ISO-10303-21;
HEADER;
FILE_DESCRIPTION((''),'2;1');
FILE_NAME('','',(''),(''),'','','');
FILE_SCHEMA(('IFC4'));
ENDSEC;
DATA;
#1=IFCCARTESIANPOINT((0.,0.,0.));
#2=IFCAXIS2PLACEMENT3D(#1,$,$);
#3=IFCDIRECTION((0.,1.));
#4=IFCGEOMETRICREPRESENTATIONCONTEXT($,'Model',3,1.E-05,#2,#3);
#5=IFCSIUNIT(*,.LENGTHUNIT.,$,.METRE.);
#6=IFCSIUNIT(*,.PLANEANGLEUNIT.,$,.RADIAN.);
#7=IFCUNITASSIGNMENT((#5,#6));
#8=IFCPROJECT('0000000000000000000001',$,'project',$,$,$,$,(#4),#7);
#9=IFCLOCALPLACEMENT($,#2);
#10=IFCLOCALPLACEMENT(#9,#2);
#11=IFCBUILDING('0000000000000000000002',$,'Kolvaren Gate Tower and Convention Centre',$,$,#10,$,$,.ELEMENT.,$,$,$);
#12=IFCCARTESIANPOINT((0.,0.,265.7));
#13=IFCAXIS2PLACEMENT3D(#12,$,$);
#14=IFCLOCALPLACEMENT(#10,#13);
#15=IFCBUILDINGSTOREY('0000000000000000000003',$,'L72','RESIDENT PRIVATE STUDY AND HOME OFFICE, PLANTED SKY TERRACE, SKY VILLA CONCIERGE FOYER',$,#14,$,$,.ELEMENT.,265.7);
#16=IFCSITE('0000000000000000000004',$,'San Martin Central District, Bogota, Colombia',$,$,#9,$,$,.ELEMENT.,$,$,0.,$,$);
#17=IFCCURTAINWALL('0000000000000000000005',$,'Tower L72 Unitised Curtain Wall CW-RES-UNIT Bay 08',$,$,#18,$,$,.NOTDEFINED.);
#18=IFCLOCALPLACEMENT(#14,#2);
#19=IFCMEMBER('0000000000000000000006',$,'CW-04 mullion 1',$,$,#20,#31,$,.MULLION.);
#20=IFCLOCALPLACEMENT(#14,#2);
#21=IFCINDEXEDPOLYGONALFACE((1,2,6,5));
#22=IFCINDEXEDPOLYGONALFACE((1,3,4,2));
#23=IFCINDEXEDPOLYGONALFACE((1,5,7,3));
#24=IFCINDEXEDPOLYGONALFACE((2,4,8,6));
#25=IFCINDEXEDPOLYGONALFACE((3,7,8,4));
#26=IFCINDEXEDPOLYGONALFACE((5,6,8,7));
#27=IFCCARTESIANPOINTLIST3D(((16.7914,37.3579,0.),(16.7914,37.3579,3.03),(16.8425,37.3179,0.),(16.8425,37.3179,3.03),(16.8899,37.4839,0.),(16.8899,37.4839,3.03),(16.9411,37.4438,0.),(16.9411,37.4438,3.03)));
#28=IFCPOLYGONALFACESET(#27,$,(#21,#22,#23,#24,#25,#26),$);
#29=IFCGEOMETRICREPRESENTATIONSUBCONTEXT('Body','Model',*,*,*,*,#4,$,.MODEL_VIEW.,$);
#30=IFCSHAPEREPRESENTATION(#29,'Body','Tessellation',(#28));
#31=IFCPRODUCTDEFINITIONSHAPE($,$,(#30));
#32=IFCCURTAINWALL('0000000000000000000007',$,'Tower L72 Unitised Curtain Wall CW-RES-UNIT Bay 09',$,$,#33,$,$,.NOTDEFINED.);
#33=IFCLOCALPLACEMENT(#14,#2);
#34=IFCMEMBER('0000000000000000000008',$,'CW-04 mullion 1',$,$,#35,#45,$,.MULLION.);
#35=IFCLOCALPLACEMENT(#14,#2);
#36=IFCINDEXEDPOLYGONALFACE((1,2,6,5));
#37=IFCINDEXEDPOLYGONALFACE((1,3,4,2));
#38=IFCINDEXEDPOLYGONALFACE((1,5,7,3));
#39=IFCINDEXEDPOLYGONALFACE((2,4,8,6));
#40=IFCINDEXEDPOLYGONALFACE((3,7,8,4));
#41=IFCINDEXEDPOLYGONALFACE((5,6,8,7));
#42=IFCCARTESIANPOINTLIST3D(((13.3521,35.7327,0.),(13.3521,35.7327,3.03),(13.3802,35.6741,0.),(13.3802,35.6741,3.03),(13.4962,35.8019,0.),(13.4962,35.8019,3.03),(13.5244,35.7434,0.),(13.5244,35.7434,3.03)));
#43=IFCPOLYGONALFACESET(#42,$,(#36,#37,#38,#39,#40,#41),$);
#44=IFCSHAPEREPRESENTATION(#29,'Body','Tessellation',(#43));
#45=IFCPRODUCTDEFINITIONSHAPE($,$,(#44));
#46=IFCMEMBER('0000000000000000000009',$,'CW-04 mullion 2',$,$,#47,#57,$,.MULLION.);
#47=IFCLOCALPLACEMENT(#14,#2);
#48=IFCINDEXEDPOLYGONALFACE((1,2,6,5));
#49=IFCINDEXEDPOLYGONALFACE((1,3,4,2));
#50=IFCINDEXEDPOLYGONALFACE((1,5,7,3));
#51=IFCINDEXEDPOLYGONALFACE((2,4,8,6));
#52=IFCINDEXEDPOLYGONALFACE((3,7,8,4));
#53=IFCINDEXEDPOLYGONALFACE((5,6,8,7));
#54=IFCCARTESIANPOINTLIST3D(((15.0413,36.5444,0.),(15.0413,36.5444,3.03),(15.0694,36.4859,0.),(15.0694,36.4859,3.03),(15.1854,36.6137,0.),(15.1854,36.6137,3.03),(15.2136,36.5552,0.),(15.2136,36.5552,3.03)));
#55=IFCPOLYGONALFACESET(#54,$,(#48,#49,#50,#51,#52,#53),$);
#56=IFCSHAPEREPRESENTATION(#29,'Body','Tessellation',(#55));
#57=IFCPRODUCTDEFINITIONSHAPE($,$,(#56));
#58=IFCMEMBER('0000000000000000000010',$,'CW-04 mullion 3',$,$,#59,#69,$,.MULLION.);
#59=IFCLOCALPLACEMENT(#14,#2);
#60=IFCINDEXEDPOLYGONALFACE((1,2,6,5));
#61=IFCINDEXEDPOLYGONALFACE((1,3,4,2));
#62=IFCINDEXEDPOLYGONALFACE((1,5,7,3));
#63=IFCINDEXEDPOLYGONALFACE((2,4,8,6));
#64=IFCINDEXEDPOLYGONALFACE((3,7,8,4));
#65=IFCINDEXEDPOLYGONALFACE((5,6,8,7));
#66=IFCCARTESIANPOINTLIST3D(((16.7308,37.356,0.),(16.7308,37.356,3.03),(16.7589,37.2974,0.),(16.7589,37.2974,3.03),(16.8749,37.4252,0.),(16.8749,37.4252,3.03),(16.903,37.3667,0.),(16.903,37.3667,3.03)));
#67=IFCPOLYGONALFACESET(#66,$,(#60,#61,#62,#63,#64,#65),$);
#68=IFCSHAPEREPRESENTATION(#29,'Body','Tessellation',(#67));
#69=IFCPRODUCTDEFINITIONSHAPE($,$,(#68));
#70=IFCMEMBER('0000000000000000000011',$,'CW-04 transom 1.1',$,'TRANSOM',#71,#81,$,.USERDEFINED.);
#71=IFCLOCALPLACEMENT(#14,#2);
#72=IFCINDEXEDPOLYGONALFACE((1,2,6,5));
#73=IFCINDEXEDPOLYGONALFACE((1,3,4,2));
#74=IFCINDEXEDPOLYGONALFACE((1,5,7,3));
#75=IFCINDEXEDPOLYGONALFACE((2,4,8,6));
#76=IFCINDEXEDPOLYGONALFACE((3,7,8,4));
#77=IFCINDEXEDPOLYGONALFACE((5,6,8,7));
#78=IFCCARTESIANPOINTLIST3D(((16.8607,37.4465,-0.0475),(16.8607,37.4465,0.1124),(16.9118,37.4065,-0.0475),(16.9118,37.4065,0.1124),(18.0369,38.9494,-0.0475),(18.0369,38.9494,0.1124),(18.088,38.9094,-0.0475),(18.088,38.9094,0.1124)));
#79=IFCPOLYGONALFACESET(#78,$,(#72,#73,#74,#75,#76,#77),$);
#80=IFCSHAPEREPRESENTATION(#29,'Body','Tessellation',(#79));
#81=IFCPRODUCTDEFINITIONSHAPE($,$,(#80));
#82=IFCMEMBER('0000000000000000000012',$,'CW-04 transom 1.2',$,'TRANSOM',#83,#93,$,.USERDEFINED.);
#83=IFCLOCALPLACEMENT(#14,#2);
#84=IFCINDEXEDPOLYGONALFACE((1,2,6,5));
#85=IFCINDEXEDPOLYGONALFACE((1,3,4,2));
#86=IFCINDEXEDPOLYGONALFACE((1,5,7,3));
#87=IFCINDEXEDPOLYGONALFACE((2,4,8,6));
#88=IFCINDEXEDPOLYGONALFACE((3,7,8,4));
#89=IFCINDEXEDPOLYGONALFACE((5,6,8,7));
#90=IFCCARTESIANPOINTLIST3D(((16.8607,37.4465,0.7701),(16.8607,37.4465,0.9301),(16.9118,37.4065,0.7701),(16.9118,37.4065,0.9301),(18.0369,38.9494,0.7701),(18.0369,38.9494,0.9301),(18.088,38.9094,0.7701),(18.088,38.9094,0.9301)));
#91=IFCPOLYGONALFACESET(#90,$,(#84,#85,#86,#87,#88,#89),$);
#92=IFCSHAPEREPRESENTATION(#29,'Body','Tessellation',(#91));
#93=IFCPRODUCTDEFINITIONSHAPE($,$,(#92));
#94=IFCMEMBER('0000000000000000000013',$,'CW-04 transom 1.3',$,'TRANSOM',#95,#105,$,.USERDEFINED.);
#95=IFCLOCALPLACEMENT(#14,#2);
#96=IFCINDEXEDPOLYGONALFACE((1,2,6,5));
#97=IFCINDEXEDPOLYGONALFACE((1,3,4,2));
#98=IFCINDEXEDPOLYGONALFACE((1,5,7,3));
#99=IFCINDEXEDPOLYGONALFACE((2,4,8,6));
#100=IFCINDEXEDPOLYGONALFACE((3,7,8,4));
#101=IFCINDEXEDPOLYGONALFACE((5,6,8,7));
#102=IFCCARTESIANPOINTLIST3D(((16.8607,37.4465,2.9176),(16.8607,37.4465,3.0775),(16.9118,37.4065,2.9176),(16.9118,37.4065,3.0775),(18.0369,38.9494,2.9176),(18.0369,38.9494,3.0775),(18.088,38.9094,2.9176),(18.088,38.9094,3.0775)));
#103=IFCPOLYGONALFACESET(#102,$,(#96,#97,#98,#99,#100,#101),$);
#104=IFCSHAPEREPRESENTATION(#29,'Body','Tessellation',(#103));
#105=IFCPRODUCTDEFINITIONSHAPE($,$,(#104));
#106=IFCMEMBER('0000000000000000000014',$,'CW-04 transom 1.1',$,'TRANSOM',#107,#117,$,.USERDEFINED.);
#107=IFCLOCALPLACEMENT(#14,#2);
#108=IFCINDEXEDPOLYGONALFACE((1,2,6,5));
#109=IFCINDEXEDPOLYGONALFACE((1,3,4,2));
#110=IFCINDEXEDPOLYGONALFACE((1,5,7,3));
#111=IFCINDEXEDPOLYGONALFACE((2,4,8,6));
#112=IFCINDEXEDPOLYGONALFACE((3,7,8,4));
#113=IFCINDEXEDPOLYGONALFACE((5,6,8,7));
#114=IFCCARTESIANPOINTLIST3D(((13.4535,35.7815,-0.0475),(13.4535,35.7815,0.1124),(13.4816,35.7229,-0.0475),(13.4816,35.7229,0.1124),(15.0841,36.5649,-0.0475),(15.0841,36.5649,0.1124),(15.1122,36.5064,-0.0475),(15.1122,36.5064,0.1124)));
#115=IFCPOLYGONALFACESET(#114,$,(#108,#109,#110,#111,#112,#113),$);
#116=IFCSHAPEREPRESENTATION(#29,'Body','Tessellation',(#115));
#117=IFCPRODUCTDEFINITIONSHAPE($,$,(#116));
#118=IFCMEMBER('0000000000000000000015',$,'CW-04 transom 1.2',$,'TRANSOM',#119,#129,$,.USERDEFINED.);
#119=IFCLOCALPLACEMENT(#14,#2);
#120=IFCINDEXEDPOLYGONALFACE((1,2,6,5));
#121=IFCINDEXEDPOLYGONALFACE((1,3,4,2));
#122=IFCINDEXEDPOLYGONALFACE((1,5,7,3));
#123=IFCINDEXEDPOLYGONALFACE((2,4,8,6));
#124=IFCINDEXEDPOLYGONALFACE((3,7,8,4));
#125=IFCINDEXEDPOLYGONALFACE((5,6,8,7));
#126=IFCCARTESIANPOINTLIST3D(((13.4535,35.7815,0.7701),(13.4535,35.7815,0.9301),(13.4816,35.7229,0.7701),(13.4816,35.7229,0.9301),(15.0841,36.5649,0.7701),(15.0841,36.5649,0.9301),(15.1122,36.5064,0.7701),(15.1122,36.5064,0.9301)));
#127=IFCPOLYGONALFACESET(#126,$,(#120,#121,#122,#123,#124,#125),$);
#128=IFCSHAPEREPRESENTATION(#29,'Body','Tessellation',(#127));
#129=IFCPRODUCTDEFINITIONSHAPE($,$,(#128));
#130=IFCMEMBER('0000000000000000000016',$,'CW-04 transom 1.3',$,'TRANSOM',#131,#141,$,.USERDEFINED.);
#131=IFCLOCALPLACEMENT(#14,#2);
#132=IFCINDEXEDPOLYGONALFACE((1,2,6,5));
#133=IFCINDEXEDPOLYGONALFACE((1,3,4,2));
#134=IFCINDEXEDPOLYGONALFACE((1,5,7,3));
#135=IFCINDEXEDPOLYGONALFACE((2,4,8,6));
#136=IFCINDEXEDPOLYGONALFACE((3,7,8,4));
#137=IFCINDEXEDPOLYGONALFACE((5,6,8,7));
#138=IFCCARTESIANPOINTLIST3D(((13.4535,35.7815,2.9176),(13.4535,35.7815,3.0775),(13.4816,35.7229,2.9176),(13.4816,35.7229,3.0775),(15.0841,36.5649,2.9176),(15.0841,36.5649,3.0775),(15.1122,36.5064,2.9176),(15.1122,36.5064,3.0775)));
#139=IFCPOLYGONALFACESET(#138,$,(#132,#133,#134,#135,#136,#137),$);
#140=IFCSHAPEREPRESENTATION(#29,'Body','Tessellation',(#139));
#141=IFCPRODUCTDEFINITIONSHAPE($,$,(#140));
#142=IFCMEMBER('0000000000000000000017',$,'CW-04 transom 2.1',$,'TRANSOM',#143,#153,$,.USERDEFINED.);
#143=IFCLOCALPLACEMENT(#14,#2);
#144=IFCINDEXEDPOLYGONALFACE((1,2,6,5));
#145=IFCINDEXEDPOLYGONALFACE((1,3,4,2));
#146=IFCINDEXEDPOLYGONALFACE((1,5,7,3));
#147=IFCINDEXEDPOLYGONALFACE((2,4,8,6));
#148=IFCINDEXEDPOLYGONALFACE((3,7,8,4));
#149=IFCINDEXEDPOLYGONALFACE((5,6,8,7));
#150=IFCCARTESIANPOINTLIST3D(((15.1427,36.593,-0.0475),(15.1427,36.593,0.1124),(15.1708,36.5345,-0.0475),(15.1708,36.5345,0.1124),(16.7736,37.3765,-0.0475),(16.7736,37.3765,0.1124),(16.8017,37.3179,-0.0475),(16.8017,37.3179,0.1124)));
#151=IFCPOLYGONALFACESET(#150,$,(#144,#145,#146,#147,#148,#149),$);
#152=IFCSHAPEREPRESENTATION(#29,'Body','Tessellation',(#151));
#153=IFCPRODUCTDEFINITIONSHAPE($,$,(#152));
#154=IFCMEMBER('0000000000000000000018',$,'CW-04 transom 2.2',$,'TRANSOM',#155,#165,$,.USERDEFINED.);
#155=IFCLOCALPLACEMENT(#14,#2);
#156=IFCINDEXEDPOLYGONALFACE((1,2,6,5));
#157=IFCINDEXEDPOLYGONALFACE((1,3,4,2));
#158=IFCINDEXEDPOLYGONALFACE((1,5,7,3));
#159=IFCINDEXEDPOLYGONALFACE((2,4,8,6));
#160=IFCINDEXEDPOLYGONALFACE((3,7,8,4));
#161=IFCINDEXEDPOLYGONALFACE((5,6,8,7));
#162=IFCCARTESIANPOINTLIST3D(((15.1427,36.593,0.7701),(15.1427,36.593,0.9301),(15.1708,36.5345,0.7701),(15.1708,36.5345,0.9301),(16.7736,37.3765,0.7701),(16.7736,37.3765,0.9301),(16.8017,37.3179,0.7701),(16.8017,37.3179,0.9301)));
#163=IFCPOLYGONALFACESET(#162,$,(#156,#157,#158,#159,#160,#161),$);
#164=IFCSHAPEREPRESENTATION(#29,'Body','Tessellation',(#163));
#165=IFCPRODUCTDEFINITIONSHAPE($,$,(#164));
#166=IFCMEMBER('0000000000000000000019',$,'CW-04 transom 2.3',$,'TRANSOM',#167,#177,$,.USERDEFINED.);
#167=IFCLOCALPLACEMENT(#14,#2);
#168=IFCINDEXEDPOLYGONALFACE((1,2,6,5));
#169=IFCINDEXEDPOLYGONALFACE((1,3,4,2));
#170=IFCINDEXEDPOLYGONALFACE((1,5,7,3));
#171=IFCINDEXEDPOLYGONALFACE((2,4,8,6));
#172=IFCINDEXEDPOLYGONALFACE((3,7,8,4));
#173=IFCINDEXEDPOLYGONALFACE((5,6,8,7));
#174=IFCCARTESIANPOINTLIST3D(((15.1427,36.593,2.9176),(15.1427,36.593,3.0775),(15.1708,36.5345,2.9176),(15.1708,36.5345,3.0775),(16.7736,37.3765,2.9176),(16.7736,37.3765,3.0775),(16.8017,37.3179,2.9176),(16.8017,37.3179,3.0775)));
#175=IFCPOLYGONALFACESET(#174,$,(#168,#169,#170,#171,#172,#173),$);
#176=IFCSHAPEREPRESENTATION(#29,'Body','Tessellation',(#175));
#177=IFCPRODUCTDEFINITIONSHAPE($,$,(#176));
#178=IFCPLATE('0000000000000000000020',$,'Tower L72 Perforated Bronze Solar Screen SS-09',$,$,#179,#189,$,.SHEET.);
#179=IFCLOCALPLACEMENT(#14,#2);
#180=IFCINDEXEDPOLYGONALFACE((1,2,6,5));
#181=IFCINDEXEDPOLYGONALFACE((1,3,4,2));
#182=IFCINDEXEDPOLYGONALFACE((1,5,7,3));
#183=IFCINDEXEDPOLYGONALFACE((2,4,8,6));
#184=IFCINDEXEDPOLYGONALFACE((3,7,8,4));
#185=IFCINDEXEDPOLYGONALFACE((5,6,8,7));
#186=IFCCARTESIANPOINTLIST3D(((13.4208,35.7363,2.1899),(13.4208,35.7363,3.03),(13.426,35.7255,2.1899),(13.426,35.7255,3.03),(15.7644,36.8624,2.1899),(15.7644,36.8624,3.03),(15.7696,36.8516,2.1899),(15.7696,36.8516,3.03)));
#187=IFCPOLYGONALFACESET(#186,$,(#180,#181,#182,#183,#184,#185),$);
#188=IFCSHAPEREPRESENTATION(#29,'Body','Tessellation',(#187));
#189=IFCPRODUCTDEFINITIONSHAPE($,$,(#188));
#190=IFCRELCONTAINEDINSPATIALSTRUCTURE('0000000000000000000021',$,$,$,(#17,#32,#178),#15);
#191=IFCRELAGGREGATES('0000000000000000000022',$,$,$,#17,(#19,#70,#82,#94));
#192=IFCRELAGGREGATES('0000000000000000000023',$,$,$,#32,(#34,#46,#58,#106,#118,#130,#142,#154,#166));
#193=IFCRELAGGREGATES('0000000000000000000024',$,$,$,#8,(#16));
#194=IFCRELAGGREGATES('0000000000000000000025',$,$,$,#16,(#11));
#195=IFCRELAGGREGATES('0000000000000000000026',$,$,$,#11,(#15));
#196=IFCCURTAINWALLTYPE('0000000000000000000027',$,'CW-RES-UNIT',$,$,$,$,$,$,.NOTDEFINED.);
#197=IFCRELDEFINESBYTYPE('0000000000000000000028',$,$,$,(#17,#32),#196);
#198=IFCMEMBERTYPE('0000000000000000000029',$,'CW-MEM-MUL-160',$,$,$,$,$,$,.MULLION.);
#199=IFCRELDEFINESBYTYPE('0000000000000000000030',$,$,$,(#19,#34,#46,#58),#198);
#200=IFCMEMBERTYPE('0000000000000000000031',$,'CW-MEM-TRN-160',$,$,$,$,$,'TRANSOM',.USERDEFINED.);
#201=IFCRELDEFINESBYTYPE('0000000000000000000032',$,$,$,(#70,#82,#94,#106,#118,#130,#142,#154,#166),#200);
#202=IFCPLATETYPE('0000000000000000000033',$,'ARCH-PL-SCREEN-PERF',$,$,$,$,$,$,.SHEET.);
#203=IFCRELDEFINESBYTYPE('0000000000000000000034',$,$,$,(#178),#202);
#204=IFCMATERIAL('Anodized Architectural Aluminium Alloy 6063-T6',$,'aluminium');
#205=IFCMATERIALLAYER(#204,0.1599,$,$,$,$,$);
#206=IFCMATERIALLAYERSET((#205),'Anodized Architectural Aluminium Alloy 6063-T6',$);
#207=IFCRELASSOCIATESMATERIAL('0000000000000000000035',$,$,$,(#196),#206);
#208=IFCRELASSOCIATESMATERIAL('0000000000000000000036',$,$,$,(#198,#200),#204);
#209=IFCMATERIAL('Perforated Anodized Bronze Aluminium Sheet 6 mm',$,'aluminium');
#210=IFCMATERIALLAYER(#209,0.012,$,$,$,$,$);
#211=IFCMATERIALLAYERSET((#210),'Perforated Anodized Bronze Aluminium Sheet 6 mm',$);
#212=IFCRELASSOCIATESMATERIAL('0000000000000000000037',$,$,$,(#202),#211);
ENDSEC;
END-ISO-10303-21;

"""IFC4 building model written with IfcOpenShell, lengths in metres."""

from ifc_helpers import new_model, si_unit, direction, frame, origin, origin_2d, place, context, subcontext, project, spatial, rectangle, extrude, material, layer, layer_set, material_profile, profile_set, type_object, element, aggregate, save


model = new_model("IFC4")

# Units and contexts
model_context = context("Model", 3, precision=1e-05, world=origin(), true_north=direction((0.0, 1.0)))
body_context = subcontext(model_context, "Body", "Model", "MODEL_VIEW")
ifc_project = project(units=[si_unit("LENGTHUNIT", "METRE"), si_unit("PLANEANGLEUNIT", "RADIAN")], contexts=[model_context])

# Site, building, storey
site_placement = place(None, origin())
site = spatial("IfcSite", under=ifc_project, at=site_placement, Name="San Martin Central District, Bogota, Colombia", CompositionType="ELEMENT", RefElevation=0.0)
building_placement = place(site_placement, origin())
building = spatial("IfcBuilding", under=site, at=building_placement, Name="Kolvaren Gate Tower and Convention Centre", CompositionType="ELEMENT")
storey_placement = place(building_placement, frame((0.0, 0.0, 265.7)))
storey = spatial("IfcBuildingStorey", under=building, at=storey_placement, Name="L72", Description="RESIDENT PRIVATE STUDY AND HOME OFFICE, PLANTED SKY TERRACE, SKY VILLA CONCIERGE FOYER", CompositionType="ELEMENT", Elevation=265.7)

# Curtain wall, member
ifc_material_1 = material(Name="Anodized Architectural Aluminium Alloy 6063-T6", Category="aluminium")
ifc_layer_1 = layer(ifc_material_1, 0.1599)
ifc_layer_set_1 = layer_set([ifc_layer_1], Name="Anodized Architectural Aluminium Alloy 6063-T6")
curtain_wall_type = type_object("IfcCurtainWallType", Name="CW-RES-UNIT", PredefinedType="NOTDEFINED", material=ifc_layer_set_1)
curtain_wall_1_placement = place(storey_placement, origin())
curtain_wall_1 = element("IfcCurtainWall", 1, at=curtain_wall_1_placement, inside=storey, type_object=curtain_wall_type, Name="Tower L72 Unitised Curtain Wall CW-RES-UNIT Bay 08", PredefinedType="NOTDEFINED")
ifc_material_profile_1 = material_profile(ifc_material_1, rectangle(XDim=0.0649, YDim=0.1599, at=origin_2d()), Name="CW-MEM-MUL-160")
ifc_profile_set_1 = profile_set([ifc_material_profile_1], Name="Anodized Architectural Aluminium Alloy 6063-T6")
member_type_1 = type_object("IfcMemberType", Name="CW-MEM-MUL-160", PredefinedType="MULLION", material=ifc_profile_set_1)
member_1_placement = place(storey_placement, frame((16.8662, 37.4009, 0.0), z_axis=(0.0, 0.0, 1.0), x_axis=(-0.787413, 0.616426, 0.0)))
member_1 = element("IfcMember", 2, at=member_1_placement, type_object=member_type_1, Name="CW-04 mullion 1", PredefinedType="MULLION", context=body_context, shape_type="SweptSolid", body=[
    extrude(rectangle(XDim=0.0649, YDim=0.1599, at=origin_2d()), origin(), (0.0, 0.0, 1.0), 3.03),
])

# Curtain wall, members
curtain_wall_2_placement = place(storey_placement, origin())
curtain_wall_2 = element("IfcCurtainWall", 3, at=curtain_wall_2_placement, inside=storey, type_object=curtain_wall_type, Name="Tower L72 Unitised Curtain Wall CW-RES-UNIT Bay 09", PredefinedType="NOTDEFINED")
member_2_placement = place(storey_placement, frame((13.4382, 35.738, 0.0), z_axis=(0.0, 0.0, 1.0), x_axis=(-0.43307, 0.90136, 0.0)))
member_2 = element("IfcMember", 4, at=member_2_placement, type_object=member_type_1, Name="CW-04 mullion 1", PredefinedType="MULLION", context=body_context, shape_type="SweptSolid", body=[
    extrude(rectangle(XDim=0.0649, YDim=0.1599, at=origin_2d()), origin(), (0.0, 0.0, 1.0), 3.03),
])
member_3_placement = place(storey_placement, frame((15.1274, 36.5498, 0.0), z_axis=(0.0, 0.0, 1.0), x_axis=(-0.43307, 0.90136, 0.0)))
member_3 = element("IfcMember", 5, at=member_3_placement, type_object=member_type_1, Name="CW-04 mullion 2", PredefinedType="MULLION", context=body_context, shape_type="SweptSolid", body=[
    extrude(rectangle(XDim=0.0649, YDim=0.1599, at=origin_2d()), origin(), (0.0, 0.0, 1.0), 3.03),
])
member_4_placement = place(storey_placement, frame((16.8169, 37.3613, 0.0), z_axis=(0.0, 0.0, 1.0), x_axis=(-0.43307, 0.90136, 0.0)))
member_4 = element("IfcMember", 6, at=member_4_placement, type_object=member_type_1, Name="CW-04 mullion 3", PredefinedType="MULLION", context=body_context, shape_type="SweptSolid", body=[
    extrude(rectangle(XDim=0.0649, YDim=0.1599, at=origin_2d()), origin(), (0.0, 0.0, 1.0), 3.03),
])

# Members
ifc_material_profile_2 = material_profile(ifc_material_1, rectangle(XDim=0.0649, YDim=0.1599, at=origin_2d()), Name="CW-MEM-TRN-160")
ifc_profile_set_2 = profile_set([ifc_material_profile_2], Name="Anodized Architectural Aluminium Alloy 6063-T6")
member_type_2 = type_object("IfcMemberType", Name="CW-MEM-TRN-160", ElementType="TRANSOM", PredefinedType="USERDEFINED", material=ifc_profile_set_2)
member_5_placement = place(storey_placement, frame((16.8862, 37.4265, 0.0325), z_axis=(0.616329, 0.787489, 0.0), x_axis=(-0.787489, 0.616329, 0.0)))
member_5 = element("IfcMember", 7, at=member_5_placement, type_object=member_type_2, Name="CW-04 transom 1.1", ObjectType="TRANSOM", PredefinedType="USERDEFINED", context=body_context, shape_type="SweptSolid", body=[
    extrude(rectangle(XDim=0.0649, YDim=0.1599, at=origin_2d()), origin(), (0.0, 0.0, 1.0), 1.9084),
])
member_6_placement = place(storey_placement, frame((16.8862, 37.4265, 0.8501), z_axis=(0.616329, 0.787489, 0.0), x_axis=(-0.787489, 0.616329, 0.0)))
member_6 = element("IfcMember", 8, at=member_6_placement, type_object=member_type_2, Name="CW-04 transom 1.2", ObjectType="TRANSOM", PredefinedType="USERDEFINED", context=body_context, shape_type="SweptSolid", body=[
    extrude(rectangle(XDim=0.0649, YDim=0.1599, at=origin_2d()), origin(), (0.0, 0.0, 1.0), 1.9084),
])
member_7_placement = place(storey_placement, frame((16.8862, 37.4265, 2.9976), z_axis=(0.616329, 0.787489, 0.0), x_axis=(-0.787489, 0.616329, 0.0)))
member_7 = element("IfcMember", 9, at=member_7_placement, type_object=member_type_2, Name="CW-04 transom 1.3", ObjectType="TRANSOM", PredefinedType="USERDEFINED", context=body_context, shape_type="SweptSolid", body=[
    extrude(rectangle(XDim=0.0649, YDim=0.1599, at=origin_2d()), origin(), (0.0, 0.0, 1.0), 1.9084),
])
member_8_placement = place(storey_placement, frame((13.4675, 35.7522, 0.0325), z_axis=(0.901361, 0.433069, 0.0), x_axis=(-0.433069, 0.901361, 0.0)))
member_8 = element("IfcMember", 10, at=member_8_placement, type_object=member_type_2, Name="CW-04 transom 1.1", ObjectType="TRANSOM", PredefinedType="USERDEFINED", context=body_context, shape_type="SweptSolid", body=[
    extrude(rectangle(XDim=0.0649, YDim=0.1599, at=origin_2d()), origin(), (0.0, 0.0, 1.0), 1.8091),
])
member_9_placement = place(storey_placement, frame((13.4675, 35.7522, 0.8501), z_axis=(0.901361, 0.433069, 0.0), x_axis=(-0.433069, 0.901361, 0.0)))
member_9 = element("IfcMember", 11, at=member_9_placement, type_object=member_type_2, Name="CW-04 transom 1.2", ObjectType="TRANSOM", PredefinedType="USERDEFINED", context=body_context, shape_type="SweptSolid", body=[
    extrude(rectangle(XDim=0.0649, YDim=0.1599, at=origin_2d()), origin(), (0.0, 0.0, 1.0), 1.8091),
])
member_10_placement = place(storey_placement, frame((13.4675, 35.7522, 2.9976), z_axis=(0.901361, 0.433069, 0.0), x_axis=(-0.433069, 0.901361, 0.0)))
member_10 = element("IfcMember", 12, at=member_10_placement, type_object=member_type_2, Name="CW-04 transom 1.3", ObjectType="TRANSOM", PredefinedType="USERDEFINED", context=body_context, shape_type="SweptSolid", body=[
    extrude(rectangle(XDim=0.0649, YDim=0.1599, at=origin_2d()), origin(), (0.0, 0.0, 1.0), 1.8091),
])
member_11_placement = place(storey_placement, frame((15.1567, 36.5637, 0.0325), z_axis=(0.901386, 0.433016, 0.0), x_axis=(-0.433016, 0.901386, 0.0)))
member_11 = element("IfcMember", 13, at=member_11_placement, type_object=member_type_2, Name="CW-04 transom 2.1", ObjectType="TRANSOM", PredefinedType="USERDEFINED", context=body_context, shape_type="SweptSolid", body=[
    extrude(rectangle(XDim=0.0649, YDim=0.1599, at=origin_2d()), origin(), (0.0, 0.0, 1.0), 1.8093),
])
member_12_placement = place(storey_placement, frame((15.1567, 36.5637, 0.8501), z_axis=(0.901386, 0.433016, 0.0), x_axis=(-0.433016, 0.901386, 0.0)))
member_12 = element("IfcMember", 14, at=member_12_placement, type_object=member_type_2, Name="CW-04 transom 2.2", ObjectType="TRANSOM", PredefinedType="USERDEFINED", context=body_context, shape_type="SweptSolid", body=[
    extrude(rectangle(XDim=0.0649, YDim=0.1599, at=origin_2d()), origin(), (0.0, 0.0, 1.0), 1.8093),
])
member_13_placement = place(storey_placement, frame((15.1567, 36.5637, 2.9976), z_axis=(0.901386, 0.433016, 0.0), x_axis=(-0.433016, 0.901386, 0.0)))
member_13 = element("IfcMember", 15, at=member_13_placement, type_object=member_type_2, Name="CW-04 transom 2.3", ObjectType="TRANSOM", PredefinedType="USERDEFINED", context=body_context, shape_type="SweptSolid", body=[
    extrude(rectangle(XDim=0.0649, YDim=0.1599, at=origin_2d()), origin(), (0.0, 0.0, 1.0), 1.8093),
])

# Plate
ifc_material_2 = material(Name="Perforated Anodized Bronze Aluminium Sheet 6 mm", Category="aluminium")
ifc_layer_2 = layer(ifc_material_2, 0.012)
ifc_layer_set_2 = layer_set([ifc_layer_2], Name="Perforated Anodized Bronze Aluminium Sheet 6 mm")
plate_type_1 = type_object("IfcPlateType", Name="ARCH-PL-SCREEN-PERF", PredefinedType="SHEET", material=ifc_layer_set_2)
plate_1_placement = place(storey_placement, frame((14.5952, 36.2939, 2.1899), z_axis=(0.0, 0.0, 1.0), x_axis=(0.901356, 0.433079, 0.0)))
element("IfcPlate", 16, at=plate_1_placement, inside=storey, type_object=plate_type_1, Name="Tower L72 Perforated Bronze Solar Screen SS-09", PredefinedType="SHEET", context=body_context, shape_type="SweptSolid", body=[
    extrude(rectangle(XDim=2.6001, YDim=0.012, at=origin_2d()), origin(), (0.0, 0.0, 1.0), 0.8401),
])
aggregate(curtain_wall_1, [member_1, member_5, member_6, member_7])
aggregate(curtain_wall_2, [member_2, member_3, member_4, member_8, member_9, member_10, member_11, member_12, member_13])

save(model, "model.ifc")
